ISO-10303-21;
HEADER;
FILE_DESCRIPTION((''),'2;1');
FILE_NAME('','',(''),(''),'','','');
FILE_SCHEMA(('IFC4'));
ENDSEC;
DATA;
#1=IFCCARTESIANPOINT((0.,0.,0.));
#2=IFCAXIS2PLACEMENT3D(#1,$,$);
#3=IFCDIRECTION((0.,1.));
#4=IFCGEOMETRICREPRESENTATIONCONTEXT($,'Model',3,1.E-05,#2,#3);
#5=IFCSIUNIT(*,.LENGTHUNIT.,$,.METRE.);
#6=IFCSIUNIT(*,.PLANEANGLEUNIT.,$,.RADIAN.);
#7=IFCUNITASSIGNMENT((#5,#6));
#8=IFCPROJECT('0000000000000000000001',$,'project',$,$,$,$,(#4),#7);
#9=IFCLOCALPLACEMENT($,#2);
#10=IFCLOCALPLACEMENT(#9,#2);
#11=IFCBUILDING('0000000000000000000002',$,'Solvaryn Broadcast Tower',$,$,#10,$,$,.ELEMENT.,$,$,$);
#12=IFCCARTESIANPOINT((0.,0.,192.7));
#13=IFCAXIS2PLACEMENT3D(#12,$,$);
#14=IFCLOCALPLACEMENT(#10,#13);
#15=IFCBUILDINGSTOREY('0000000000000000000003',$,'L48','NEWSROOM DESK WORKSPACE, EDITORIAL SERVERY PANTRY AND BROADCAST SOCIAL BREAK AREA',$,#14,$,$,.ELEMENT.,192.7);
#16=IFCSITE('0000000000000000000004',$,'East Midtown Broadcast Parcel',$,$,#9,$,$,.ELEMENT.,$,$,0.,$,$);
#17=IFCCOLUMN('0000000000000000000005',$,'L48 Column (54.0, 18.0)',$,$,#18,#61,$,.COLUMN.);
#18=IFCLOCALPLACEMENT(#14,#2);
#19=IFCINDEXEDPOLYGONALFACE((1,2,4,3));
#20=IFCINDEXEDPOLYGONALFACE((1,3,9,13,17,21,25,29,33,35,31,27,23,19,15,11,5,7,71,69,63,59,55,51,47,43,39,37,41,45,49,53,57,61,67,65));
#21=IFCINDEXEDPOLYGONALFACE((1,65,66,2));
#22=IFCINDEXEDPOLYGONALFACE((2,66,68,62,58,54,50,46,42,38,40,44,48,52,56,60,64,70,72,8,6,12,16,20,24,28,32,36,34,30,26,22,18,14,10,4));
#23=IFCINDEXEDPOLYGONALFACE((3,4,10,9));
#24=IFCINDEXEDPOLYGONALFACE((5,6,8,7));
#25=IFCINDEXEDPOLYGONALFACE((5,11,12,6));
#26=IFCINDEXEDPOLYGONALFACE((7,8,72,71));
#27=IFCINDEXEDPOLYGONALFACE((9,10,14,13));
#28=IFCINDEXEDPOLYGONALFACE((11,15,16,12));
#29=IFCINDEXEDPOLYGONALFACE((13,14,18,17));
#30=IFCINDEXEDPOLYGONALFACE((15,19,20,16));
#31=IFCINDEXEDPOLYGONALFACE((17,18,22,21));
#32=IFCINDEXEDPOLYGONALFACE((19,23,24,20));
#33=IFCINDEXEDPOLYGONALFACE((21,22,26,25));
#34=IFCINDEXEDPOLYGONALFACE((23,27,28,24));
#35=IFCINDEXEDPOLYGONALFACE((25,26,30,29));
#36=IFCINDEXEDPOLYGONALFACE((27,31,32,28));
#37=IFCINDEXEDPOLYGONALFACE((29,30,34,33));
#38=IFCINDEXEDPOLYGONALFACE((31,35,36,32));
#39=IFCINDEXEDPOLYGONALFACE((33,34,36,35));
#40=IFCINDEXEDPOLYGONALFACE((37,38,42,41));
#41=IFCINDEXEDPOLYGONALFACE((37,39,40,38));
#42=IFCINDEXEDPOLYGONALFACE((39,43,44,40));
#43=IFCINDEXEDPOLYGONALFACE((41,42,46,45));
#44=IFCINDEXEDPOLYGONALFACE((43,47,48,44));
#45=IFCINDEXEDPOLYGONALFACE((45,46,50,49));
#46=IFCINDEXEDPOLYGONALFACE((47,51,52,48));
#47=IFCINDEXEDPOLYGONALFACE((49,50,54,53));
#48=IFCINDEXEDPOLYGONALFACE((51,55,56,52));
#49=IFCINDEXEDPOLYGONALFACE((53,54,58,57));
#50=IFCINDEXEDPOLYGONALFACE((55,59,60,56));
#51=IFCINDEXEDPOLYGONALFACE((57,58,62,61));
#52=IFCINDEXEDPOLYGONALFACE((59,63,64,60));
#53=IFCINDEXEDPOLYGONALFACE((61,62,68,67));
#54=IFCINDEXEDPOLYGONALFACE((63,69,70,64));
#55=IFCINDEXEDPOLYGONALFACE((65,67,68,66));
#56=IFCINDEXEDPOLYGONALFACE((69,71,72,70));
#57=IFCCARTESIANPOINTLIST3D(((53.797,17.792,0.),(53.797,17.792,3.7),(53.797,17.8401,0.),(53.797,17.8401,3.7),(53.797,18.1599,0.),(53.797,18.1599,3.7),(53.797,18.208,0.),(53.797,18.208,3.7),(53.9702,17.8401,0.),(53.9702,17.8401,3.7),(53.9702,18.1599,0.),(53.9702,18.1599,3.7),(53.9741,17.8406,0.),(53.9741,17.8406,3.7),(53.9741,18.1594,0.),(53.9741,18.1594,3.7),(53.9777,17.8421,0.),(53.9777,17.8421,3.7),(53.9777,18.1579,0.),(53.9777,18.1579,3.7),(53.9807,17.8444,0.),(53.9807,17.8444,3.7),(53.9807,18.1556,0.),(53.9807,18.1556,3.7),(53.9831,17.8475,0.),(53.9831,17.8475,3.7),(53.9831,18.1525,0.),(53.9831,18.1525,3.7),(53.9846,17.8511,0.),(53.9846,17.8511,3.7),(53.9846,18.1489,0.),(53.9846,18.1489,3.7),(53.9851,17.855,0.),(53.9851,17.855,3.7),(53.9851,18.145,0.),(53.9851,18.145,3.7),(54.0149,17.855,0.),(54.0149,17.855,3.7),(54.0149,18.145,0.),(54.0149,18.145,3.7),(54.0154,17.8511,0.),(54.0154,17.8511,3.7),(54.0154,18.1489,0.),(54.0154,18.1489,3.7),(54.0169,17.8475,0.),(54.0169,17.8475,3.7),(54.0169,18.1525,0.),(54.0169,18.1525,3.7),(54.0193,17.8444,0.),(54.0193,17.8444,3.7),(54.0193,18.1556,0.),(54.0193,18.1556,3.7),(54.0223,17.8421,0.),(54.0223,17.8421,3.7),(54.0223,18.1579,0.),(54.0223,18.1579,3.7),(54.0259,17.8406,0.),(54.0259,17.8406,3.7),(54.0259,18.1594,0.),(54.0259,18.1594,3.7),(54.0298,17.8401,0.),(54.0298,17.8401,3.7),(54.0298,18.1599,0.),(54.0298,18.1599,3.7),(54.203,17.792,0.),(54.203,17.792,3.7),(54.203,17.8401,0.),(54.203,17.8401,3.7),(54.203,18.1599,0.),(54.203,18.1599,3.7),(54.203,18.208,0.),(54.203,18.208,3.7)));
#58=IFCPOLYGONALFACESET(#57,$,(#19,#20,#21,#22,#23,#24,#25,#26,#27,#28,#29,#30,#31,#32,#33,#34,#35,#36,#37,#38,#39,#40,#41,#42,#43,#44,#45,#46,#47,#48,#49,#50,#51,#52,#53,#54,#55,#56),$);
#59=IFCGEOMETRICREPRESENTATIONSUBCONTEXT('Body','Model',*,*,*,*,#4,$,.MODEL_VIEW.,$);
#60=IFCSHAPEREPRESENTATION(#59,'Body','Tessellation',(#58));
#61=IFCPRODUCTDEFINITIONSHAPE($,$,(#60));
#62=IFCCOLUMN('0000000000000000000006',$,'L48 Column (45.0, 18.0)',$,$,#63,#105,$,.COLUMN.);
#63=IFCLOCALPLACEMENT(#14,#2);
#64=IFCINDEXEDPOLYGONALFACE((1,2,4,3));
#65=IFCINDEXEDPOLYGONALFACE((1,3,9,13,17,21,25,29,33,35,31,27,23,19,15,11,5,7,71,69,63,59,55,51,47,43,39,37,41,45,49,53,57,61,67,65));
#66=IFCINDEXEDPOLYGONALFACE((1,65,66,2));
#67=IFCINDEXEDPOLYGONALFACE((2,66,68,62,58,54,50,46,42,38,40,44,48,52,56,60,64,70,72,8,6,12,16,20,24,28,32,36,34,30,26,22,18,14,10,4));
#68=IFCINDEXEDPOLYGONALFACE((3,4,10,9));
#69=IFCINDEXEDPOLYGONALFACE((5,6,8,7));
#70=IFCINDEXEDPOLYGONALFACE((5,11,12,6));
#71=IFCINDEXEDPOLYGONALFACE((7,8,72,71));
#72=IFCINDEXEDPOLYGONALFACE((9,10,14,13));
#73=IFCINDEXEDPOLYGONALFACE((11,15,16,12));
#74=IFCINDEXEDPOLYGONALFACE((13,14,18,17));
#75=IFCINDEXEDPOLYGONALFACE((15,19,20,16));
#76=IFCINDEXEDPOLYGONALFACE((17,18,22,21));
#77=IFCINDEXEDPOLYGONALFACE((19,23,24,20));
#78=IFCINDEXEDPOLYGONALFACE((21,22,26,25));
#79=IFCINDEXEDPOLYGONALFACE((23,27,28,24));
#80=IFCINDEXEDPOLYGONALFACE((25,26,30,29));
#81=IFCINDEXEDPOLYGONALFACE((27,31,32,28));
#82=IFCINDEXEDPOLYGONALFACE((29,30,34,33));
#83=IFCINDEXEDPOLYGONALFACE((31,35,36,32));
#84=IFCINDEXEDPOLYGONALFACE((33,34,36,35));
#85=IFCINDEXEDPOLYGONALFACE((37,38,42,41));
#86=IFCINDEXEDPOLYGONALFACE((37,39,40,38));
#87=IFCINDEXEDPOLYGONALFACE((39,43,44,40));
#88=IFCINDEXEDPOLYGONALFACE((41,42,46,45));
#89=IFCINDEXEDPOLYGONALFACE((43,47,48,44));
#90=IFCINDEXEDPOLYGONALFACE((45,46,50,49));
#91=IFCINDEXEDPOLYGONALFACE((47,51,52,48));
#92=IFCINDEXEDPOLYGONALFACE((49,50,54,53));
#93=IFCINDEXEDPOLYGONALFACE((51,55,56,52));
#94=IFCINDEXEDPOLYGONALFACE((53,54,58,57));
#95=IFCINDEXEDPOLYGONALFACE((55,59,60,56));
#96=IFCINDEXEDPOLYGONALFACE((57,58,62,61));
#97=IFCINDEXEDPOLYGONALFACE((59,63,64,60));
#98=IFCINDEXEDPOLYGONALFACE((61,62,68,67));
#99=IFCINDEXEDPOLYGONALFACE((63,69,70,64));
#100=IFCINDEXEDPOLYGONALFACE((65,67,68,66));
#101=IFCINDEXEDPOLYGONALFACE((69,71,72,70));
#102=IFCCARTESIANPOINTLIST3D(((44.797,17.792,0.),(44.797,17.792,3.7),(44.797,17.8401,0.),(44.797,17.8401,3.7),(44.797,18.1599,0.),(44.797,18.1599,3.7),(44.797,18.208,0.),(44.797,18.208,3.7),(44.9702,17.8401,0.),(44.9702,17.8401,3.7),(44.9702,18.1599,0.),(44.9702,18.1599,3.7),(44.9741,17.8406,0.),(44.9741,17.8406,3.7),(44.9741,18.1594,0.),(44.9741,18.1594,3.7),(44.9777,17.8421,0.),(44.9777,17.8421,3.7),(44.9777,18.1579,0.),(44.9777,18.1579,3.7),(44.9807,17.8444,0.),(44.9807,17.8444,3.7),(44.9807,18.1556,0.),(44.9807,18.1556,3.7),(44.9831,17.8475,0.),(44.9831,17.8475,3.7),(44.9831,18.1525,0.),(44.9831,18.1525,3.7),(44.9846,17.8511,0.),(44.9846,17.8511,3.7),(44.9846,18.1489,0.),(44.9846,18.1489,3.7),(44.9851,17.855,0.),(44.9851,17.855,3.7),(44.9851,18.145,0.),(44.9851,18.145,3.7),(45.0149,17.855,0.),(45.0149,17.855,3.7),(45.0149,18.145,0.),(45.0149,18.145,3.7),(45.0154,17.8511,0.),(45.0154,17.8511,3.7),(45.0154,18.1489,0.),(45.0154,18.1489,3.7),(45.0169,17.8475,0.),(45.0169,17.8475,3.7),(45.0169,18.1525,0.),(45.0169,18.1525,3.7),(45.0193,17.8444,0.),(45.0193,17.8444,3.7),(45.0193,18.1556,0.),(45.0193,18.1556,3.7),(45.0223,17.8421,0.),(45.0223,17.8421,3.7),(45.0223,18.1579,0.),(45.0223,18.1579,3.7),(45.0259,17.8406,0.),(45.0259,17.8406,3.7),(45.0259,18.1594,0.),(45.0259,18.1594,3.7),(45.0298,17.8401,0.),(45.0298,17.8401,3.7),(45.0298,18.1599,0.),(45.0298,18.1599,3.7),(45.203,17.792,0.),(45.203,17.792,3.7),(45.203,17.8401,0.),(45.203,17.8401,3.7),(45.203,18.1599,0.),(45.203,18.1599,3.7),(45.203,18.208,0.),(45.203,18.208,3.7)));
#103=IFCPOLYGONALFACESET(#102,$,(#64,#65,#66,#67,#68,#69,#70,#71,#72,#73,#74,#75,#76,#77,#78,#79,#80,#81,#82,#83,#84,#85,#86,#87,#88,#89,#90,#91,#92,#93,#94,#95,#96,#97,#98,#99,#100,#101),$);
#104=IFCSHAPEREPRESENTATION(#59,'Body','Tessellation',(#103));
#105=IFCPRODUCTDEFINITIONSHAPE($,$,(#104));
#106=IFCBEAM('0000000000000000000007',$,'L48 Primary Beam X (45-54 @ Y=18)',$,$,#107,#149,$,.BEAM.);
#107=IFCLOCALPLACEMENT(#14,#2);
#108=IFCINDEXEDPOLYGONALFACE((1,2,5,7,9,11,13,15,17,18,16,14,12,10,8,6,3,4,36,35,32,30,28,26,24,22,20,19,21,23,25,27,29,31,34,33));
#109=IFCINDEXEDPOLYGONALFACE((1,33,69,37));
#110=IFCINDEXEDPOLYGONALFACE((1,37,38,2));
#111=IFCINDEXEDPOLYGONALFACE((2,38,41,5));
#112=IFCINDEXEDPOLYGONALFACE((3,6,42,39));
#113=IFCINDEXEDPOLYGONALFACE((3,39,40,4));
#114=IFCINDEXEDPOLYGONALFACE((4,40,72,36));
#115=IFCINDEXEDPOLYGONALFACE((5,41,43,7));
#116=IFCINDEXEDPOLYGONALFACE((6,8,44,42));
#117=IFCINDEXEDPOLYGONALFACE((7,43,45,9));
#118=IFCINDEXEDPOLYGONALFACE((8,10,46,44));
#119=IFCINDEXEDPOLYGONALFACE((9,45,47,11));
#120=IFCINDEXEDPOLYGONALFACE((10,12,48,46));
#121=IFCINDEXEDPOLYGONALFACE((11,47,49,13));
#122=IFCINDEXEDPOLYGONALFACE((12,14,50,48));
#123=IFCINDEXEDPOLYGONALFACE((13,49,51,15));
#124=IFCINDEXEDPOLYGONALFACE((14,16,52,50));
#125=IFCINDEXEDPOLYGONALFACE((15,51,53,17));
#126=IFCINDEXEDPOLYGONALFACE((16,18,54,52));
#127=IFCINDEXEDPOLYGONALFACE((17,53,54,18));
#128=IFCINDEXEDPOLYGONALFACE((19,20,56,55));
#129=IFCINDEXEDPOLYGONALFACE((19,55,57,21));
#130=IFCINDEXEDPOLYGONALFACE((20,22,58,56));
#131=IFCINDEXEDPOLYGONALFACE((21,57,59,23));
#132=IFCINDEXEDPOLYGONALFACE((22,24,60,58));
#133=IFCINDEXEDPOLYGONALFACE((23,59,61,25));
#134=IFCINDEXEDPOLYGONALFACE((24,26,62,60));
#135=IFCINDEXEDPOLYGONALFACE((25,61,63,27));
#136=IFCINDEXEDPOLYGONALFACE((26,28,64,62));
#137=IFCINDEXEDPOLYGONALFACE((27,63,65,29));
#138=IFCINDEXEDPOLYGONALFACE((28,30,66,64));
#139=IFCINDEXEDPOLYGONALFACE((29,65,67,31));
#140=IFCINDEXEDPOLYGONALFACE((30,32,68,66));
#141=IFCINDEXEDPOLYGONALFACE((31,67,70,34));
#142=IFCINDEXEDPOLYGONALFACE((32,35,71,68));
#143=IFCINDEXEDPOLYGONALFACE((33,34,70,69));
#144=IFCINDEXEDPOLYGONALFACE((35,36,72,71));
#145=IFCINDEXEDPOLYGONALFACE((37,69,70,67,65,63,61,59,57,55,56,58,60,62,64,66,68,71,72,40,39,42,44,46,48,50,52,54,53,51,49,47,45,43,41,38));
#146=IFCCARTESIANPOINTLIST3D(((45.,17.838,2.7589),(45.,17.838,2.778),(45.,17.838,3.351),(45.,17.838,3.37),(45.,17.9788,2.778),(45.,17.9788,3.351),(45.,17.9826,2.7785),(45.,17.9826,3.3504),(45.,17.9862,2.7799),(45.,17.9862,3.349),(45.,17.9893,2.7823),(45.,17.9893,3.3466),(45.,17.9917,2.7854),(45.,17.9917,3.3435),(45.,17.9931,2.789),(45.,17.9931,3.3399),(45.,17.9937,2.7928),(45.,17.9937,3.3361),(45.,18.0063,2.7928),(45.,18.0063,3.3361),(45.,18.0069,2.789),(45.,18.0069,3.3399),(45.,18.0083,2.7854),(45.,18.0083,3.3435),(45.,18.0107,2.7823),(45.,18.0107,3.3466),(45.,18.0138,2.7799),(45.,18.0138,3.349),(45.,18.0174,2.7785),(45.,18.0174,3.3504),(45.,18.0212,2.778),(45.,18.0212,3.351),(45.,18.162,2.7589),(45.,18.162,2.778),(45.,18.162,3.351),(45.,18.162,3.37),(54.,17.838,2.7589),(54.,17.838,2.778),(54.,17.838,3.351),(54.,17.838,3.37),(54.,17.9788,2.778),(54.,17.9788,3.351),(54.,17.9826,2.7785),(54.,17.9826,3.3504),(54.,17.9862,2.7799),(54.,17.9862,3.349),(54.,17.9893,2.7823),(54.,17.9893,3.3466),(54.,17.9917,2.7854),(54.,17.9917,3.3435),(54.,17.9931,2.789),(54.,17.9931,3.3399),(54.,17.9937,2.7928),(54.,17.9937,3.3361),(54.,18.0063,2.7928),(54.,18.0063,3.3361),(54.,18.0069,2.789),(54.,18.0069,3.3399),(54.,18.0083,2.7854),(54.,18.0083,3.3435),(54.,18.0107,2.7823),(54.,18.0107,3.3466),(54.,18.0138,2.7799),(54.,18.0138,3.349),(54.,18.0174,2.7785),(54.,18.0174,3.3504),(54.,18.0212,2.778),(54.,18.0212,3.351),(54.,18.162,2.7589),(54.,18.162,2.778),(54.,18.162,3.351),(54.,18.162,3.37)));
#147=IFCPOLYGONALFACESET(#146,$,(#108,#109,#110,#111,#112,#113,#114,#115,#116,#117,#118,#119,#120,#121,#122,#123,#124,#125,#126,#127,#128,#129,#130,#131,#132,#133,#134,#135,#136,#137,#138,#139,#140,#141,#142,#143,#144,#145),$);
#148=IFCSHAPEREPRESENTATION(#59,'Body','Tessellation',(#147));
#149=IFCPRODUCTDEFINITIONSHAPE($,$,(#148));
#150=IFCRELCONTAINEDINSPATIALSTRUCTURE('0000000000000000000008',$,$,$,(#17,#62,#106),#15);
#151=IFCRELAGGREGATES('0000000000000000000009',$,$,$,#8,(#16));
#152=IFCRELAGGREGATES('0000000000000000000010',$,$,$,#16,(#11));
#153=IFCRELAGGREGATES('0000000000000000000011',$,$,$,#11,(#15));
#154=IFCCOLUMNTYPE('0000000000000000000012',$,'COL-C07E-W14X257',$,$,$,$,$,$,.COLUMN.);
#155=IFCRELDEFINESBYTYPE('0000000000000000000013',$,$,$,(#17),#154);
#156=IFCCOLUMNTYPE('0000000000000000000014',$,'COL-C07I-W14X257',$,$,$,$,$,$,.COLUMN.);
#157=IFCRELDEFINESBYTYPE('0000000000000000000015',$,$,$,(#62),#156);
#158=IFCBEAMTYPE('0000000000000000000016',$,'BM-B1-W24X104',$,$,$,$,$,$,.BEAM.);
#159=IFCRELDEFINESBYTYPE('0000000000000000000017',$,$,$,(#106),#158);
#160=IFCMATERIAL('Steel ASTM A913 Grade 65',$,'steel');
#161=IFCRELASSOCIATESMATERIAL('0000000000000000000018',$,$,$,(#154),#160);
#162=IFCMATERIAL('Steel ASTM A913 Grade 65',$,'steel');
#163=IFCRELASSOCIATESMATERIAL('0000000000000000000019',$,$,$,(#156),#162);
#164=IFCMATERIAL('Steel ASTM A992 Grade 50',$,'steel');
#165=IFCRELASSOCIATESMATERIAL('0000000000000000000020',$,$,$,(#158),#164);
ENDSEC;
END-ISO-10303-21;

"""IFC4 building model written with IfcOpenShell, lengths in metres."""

from ifc_helpers import new_model, si_unit, direction, frame, origin, origin_2d, place, context, subcontext, project, spatial, i_section, extrude, material, material_profile, profile_set, type_object, element, save


model = new_model("IFC4")

# Units and contexts
model_context = context("Model", 3, precision=1e-05, world=origin(), true_north=direction((0.0, 1.0)))
body_context = subcontext(model_context, "Body", "Model", "MODEL_VIEW")
ifc_project = project(units=[si_unit("LENGTHUNIT", "METRE"), si_unit("PLANEANGLEUNIT", "RADIAN")], contexts=[model_context])

# Site, building, storey
site_placement = place(None, origin())
site = spatial("IfcSite", under=ifc_project, at=site_placement, Name="East Midtown Broadcast Parcel", CompositionType="ELEMENT", RefElevation=0.0)
building_placement = place(site_placement, origin())
building = spatial("IfcBuilding", under=site, at=building_placement, Name="Solvaryn Broadcast Tower", CompositionType="ELEMENT")
storey_placement = place(building_placement, frame((0.0, 0.0, 192.7)))
storey = spatial("IfcBuildingStorey", under=building, at=storey_placement, Name="L48", Description="NEWSROOM DESK WORKSPACE, EDITORIAL SERVERY PANTRY AND BROADCAST SOCIAL BREAK AREA", CompositionType="ELEMENT", Elevation=192.7)

# Columns
ifc_material_1 = material(Name="Steel ASTM A913 Grade 65", Category="steel")
ifc_material_profile_1 = material_profile(ifc_material_1, i_section(OverallWidth=0.406, OverallDepth=0.416, WebThickness=0.0298, FlangeThickness=0.0481, FilletRadius=0.0149, at=origin_2d()))
ifc_profile_set_1 = profile_set([ifc_material_profile_1], Name="Steel ASTM A913 Grade 65")
column_type_1 = type_object("IfcColumnType", Name="COL-C07E-W14X257", PredefinedType="COLUMN", material=ifc_profile_set_1)
column_1_placement = place(storey_placement, frame((54.0, 18.0, 0.0), z_axis=(0.0, 0.0, 1.0), x_axis=(1.0, 0.0, 0.0)))
element("IfcColumn", 1, at=column_1_placement, inside=storey, type_object=column_type_1, Name="L48 Column (54.0, 18.0)", PredefinedType="COLUMN", context=body_context, shape_type="SweptSolid", body=[
    extrude(i_section(OverallWidth=0.406, OverallDepth=0.416, WebThickness=0.0298, FlangeThickness=0.0481, FilletRadius=0.0149, at=origin_2d()), origin(), (0.0, 0.0, 1.0), 3.7),
])
ifc_material_2 = material(Name="Steel ASTM A913 Grade 65", Category="steel")
ifc_material_profile_2 = material_profile(ifc_material_2, i_section(OverallWidth=0.406, OverallDepth=0.416, WebThickness=0.0298, FlangeThickness=0.0481, FilletRadius=0.0149, at=origin_2d()))
ifc_profile_set_2 = profile_set([ifc_material_profile_2], Name="Steel ASTM A913 Grade 65")
column_type_2 = type_object("IfcColumnType", Name="COL-C07I-W14X257", PredefinedType="COLUMN", material=ifc_profile_set_2)
column_2_placement = place(storey_placement, frame((45.0, 18.0, 0.0), z_axis=(0.0, 0.0, 1.0), x_axis=(1.0, 0.0, 0.0)))
element("IfcColumn", 2, at=column_2_placement, inside=storey, type_object=column_type_2, Name="L48 Column (45.0, 18.0)", PredefinedType="COLUMN", context=body_context, shape_type="SweptSolid", body=[
    extrude(i_section(OverallWidth=0.406, OverallDepth=0.416, WebThickness=0.0298, FlangeThickness=0.0481, FilletRadius=0.0149, at=origin_2d()), origin(), (0.0, 0.0, 1.0), 3.7),
])

# Beam
ifc_material_3 = material(Name="Steel ASTM A992 Grade 50", Category="steel")
ifc_material_profile_3 = material_profile(ifc_material_3, i_section(OverallWidth=0.324, OverallDepth=0.6111, WebThickness=0.0127, FlangeThickness=0.019, FilletRadius=0.0149, at=origin_2d()))
ifc_profile_set_3 = profile_set([ifc_material_profile_3], Name="Steel ASTM A992 Grade 50")
beam_type = type_object("IfcBeamType", Name="BM-B1-W24X104", PredefinedType="BEAM", material=ifc_profile_set_3)
beam_placement = place(storey_placement, frame((45.0, 18.0, 3.0645), z_axis=(1.0, 0.0, 0.0), x_axis=(0.0, 1.0, 0.0)))
element("IfcBeam", 3, at=beam_placement, inside=storey, type_object=beam_type, Name="L48 Primary Beam X (45-54 @ Y=18)", PredefinedType="BEAM", context=body_context, shape_type="SweptSolid", body=[
    extrude(i_section(OverallWidth=0.324, OverallDepth=0.6111, WebThickness=0.0127, FlangeThickness=0.019, FilletRadius=0.0149, at=origin_2d()), origin(), (0.0, 0.0, 1.0), 9.0),
])

save(model, "model.ifc")
